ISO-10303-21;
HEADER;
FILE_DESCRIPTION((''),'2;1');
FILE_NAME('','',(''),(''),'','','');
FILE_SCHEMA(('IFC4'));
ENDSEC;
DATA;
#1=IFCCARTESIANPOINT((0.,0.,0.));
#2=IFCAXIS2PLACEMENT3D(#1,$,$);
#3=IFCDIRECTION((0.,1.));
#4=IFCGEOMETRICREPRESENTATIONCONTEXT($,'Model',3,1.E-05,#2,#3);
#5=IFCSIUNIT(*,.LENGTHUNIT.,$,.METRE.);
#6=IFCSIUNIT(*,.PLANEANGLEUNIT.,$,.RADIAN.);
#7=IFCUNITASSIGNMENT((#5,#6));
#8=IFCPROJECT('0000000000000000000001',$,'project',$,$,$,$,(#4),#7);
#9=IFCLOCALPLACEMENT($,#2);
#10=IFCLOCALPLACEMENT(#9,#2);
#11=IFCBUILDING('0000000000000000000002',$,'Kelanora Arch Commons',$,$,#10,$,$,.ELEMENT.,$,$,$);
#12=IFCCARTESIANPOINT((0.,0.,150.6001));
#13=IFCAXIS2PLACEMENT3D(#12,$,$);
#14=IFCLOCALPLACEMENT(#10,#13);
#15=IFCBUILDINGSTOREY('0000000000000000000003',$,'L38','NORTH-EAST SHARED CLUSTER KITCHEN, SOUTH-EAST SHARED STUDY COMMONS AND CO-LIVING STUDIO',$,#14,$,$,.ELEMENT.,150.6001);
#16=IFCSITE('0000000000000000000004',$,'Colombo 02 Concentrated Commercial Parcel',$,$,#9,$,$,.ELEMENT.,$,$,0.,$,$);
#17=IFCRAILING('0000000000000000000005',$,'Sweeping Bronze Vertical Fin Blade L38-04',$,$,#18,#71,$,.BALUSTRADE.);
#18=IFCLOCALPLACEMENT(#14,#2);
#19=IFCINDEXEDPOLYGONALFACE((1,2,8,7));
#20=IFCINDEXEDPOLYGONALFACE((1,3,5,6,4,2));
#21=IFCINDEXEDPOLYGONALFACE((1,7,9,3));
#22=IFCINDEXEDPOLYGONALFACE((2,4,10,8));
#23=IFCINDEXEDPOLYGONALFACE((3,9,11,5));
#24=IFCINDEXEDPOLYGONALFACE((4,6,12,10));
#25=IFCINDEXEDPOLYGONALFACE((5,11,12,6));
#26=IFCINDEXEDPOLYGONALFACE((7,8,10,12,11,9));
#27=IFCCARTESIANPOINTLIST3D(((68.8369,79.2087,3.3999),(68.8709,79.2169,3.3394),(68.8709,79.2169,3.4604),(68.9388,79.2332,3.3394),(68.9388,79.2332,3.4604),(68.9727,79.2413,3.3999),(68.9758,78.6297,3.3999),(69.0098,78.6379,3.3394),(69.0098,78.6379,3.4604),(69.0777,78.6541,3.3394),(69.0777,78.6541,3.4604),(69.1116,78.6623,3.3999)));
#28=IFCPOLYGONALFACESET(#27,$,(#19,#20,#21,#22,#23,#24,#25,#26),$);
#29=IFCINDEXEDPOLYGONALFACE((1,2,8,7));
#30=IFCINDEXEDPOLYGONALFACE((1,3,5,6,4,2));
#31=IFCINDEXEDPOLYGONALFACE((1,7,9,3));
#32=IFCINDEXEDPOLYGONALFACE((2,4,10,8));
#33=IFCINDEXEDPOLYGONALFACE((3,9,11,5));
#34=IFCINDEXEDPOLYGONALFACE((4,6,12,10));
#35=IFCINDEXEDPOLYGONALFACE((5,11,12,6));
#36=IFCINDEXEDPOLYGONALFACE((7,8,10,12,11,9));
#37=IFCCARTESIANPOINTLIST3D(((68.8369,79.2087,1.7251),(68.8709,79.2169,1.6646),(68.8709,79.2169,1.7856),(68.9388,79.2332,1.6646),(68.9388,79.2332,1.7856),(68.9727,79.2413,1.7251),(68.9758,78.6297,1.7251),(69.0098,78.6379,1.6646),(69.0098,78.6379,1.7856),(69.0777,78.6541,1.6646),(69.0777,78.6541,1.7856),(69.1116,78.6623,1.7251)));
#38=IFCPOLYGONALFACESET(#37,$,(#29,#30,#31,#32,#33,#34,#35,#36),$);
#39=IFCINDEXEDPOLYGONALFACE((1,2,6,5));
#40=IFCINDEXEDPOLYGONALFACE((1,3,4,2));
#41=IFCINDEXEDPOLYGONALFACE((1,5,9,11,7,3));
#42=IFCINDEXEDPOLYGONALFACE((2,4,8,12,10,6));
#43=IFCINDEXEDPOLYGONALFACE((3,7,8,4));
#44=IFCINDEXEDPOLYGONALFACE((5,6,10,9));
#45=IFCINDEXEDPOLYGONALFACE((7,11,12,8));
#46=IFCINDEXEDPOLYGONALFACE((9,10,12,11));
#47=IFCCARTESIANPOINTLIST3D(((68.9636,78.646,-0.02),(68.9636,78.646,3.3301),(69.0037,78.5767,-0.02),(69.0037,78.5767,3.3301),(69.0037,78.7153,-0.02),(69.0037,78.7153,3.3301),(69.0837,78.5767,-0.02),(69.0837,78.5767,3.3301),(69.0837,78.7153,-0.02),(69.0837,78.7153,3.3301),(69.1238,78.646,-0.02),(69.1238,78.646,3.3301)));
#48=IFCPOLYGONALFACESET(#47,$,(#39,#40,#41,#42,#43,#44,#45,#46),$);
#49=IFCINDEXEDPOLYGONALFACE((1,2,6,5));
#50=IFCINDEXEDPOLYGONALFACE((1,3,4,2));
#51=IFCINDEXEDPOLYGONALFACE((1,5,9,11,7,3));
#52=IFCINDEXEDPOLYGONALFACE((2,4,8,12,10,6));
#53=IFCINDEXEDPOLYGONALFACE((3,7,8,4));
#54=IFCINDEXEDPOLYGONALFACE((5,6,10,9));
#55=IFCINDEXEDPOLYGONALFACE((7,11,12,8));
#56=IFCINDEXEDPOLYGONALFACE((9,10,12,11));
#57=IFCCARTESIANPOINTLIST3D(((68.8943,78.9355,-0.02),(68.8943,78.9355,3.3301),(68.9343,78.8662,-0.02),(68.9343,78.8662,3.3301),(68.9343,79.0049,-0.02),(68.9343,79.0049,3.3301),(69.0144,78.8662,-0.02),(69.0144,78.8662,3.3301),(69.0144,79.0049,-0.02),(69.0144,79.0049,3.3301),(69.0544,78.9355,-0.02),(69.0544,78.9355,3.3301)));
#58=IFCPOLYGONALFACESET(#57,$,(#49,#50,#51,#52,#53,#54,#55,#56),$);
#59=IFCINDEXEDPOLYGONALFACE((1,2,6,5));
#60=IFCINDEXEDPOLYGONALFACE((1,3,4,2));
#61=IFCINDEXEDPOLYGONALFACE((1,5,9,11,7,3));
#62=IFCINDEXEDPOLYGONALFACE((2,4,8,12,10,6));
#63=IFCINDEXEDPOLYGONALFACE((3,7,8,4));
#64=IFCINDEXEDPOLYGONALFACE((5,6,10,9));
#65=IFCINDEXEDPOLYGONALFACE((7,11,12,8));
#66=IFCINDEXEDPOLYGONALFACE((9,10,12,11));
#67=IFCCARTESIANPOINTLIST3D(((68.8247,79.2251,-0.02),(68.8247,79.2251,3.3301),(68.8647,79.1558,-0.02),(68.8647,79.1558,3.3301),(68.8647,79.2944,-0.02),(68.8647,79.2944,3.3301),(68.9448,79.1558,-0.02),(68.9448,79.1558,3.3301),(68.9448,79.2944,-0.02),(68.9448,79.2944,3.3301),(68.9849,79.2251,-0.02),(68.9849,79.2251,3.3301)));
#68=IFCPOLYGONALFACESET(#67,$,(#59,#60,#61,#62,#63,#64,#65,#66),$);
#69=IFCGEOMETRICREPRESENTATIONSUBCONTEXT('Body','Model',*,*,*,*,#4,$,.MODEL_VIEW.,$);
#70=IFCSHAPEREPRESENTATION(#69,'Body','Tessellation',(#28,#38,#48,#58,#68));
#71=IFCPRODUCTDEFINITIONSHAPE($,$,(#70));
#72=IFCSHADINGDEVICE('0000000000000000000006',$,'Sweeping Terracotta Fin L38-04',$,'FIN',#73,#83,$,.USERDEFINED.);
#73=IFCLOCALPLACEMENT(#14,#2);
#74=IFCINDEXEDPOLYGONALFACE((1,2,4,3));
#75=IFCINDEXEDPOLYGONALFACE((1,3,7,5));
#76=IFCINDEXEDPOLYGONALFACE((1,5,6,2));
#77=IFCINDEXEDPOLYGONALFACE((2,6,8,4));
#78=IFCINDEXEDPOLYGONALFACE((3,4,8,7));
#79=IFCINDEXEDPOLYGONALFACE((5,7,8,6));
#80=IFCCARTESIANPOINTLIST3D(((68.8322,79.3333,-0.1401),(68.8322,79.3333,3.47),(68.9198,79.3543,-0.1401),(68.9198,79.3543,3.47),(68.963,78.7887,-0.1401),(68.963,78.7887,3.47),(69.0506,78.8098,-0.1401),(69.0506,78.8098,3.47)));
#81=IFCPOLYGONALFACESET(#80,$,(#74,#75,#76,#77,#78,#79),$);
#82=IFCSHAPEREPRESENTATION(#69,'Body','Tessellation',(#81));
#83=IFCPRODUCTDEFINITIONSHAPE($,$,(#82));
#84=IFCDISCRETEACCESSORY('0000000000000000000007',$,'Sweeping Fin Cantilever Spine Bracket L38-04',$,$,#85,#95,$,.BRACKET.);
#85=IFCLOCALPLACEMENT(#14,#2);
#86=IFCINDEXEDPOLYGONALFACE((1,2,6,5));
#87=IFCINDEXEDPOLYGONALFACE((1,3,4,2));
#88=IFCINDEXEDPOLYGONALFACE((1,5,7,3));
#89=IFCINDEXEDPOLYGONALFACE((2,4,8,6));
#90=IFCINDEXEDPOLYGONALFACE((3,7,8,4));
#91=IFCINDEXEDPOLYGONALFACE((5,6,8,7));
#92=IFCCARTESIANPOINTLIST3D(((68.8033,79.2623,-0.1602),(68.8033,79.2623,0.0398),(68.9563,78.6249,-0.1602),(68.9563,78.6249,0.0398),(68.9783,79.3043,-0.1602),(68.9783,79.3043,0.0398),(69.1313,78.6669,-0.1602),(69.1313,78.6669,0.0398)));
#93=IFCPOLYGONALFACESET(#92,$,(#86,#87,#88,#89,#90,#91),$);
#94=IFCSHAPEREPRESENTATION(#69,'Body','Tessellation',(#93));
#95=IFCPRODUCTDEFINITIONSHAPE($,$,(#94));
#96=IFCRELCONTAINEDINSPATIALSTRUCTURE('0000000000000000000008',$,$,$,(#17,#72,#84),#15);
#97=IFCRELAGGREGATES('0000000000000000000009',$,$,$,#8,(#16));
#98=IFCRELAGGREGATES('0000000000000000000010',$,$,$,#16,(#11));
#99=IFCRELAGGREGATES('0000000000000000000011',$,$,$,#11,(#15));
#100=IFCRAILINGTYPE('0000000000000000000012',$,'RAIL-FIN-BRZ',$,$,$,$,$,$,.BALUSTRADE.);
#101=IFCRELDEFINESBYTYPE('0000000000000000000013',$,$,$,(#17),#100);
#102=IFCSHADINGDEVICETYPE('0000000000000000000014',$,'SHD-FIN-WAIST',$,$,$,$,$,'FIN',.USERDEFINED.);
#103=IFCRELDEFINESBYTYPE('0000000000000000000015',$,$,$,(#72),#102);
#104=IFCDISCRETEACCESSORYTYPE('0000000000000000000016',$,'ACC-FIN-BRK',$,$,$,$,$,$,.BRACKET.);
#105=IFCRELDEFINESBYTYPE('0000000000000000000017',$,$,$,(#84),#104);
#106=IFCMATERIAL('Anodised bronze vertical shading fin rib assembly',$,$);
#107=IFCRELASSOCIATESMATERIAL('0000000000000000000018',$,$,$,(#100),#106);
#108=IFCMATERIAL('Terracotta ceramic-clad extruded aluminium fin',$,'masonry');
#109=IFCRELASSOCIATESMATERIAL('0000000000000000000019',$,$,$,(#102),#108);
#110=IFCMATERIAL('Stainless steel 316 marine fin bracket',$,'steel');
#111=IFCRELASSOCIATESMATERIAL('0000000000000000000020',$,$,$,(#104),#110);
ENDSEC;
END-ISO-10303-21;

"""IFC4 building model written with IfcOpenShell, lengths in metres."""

from ifc_helpers import new_model, si_unit, direction, frame, origin, origin_2d, place, context, subcontext, project, spatial, polyline, rectangle, outline, extrude, source, transform, mapped, material, type_object, element, save


model = new_model("IFC4")

# Units and contexts
model_context = context("Model", 3, precision=1e-05, world=origin(), true_north=direction((0.0, 1.0)))
body_context = subcontext(model_context, "Body", "Model", "MODEL_VIEW")
ifc_project = project(units=[si_unit("LENGTHUNIT", "METRE"), si_unit("PLANEANGLEUNIT", "RADIAN")], contexts=[model_context])

# Site, building, storey
site_placement = place(None, origin())
site = spatial("IfcSite", under=ifc_project, at=site_placement, Name="Colombo 02 Concentrated Commercial Parcel", CompositionType="ELEMENT", RefElevation=0.0)
building_placement = place(site_placement, origin())
building = spatial("IfcBuilding", under=site, at=building_placement, Name="Kelanora Arch Commons", CompositionType="ELEMENT")
storey_placement = place(building_placement, frame((0.0, 0.0, 150.6001)))
storey = spatial("IfcBuildingStorey", under=building, at=storey_placement, Name="L38", Description="NORTH-EAST SHARED CLUSTER KITCHEN, SOUTH-EAST SHARED STUDY COMMONS AND CO-LIVING STUDIO", CompositionType="ELEMENT", Elevation=150.6001)

# Railing
ifc_material_1 = material(Name="Anodised bronze vertical shading fin rib assembly")
railing_type = type_object("IfcRailingType", Name="RAIL-FIN-BRZ", PredefinedType="BALUSTRADE", material=ifc_material_1)
railing_placement = place(storey_placement, frame((69.0437, 78.646, -0.02)))
element("IfcRailing", 1, at=railing_placement, inside=storey, type_object=railing_type, Name="Sweeping Bronze Vertical Fin Blade L38-04", PredefinedType="BALUSTRADE", context=body_context, shape_type="SweptSolid", body=[
    extrude(outline(polyline([(0.0698, 0.0), (0.0349, 0.0605), (-0.0349, 0.0605), (-0.0698, 0.0), (-0.0349, -0.0605), (0.0349, -0.0605), (0.0698, 0.0)])), frame((0.0, 0.0, 3.4199), z_axis=(-0.233264, 0.972413, 0.0), x_axis=(-0.972413, -0.233264, 0.0)), (0.0, 0.0, 1.0), 0.5955),
    extrude(outline(polyline([(0.0698, 0.0), (0.0349, 0.0605), (-0.0349, 0.0605), (-0.0698, 0.0), (-0.0349, -0.0605), (0.0349, -0.0605), (0.0698, 0.0)])), frame((0.0, 0.0, 1.7451), z_axis=(-0.233264, 0.972413, 0.0), x_axis=(-0.972413, -0.233264, 0.0)), (0.0, 0.0, 1.0), 0.5955),
    extrude(outline(polyline([(0.0801, 0.0), (0.04, 0.0693), (-0.04, 0.0693), (-0.0801, 0.0), (-0.04, -0.0693), (0.04, -0.0693), (0.0801, 0.0)])), origin(), (0.0, 0.0, 1.0), 3.3501),
    extrude(outline(polyline([(0.0801, 0.0), (0.04, 0.0693), (-0.04, 0.0693), (-0.0801, 0.0), (-0.04, -0.0693), (0.04, -0.0693), (0.0801, 0.0)])), frame((-0.0693, 0.2896, 0.0)), (0.0, 0.0, 1.0), 3.3501),
    extrude(outline(polyline([(0.0801, 0.0), (0.04, 0.0693), (-0.04, 0.0693), (-0.0801, 0.0), (-0.04, -0.0693), (0.04, -0.0693), (0.0801, 0.0)])), frame((-0.1389, 0.5791, 0.0)), (0.0, 0.0, 1.0), 3.3501),
])

# Shading device
ifc_material_2 = material(Name="Terracotta ceramic-clad extruded aluminium fin", Category="masonry")
shading_device_type = type_object("IfcShadingDeviceType", Name="SHD-FIN-WAIST", ElementType="FIN", PredefinedType="USERDEFINED", material=ifc_material_2)
shared_shape_1 = source(origin(), body_context, "Body", "SweptSolid", [
    extrude(rectangle(XDim=0.5601, YDim=0.0901, at=origin_2d()), origin(), (0.0, 0.0, 1.0), 3.6101),
])
shading_device_placement = place(storey_placement, frame((68.9414, 79.0715, -0.1401), z_axis=(0.0, 0.0, 1.0), x_axis=(-0.233445, 0.97237, 0.0)))
element("IfcShadingDevice", 2, at=shading_device_placement, inside=storey, type_object=shading_device_type, Name="Sweeping Terracotta Fin L38-04", ObjectType="FIN", PredefinedType="USERDEFINED", context=body_context, shape_type="MappedRepresentation", body=[
    mapped(shared_shape_1, transform((0.0, 0.0, 0.0), scale=1.0)),
])

# Discrete accessory
ifc_material_3 = material(Name="Stainless steel 316 marine fin bracket", Category="steel")
discrete_accessory_type = type_object("IfcDiscreteAccessoryType", Name="ACC-FIN-BRK", PredefinedType="BRACKET", material=ifc_material_3)
shared_shape_2 = source(origin(), body_context, "Body", "SweptSolid", [
    extrude(rectangle(XDim=0.6555, YDim=0.1799, at=origin_2d()), origin(), (0.0, 0.0, 1.0), 0.2),
])
discrete_accessory_placement = place(storey_placement, frame((68.9673, 78.9646, -0.1602), z_axis=(0.0, 0.0, 1.0), x_axis=(-0.233445, 0.97237, 0.0)))
element("IfcDiscreteAccessory", 3, at=discrete_accessory_placement, inside=storey, type_object=discrete_accessory_type, Name="Sweeping Fin Cantilever Spine Bracket L38-04", PredefinedType="BRACKET", context=body_context, shape_type="MappedRepresentation", body=[
    mapped(shared_shape_2, transform((0.0, 0.0, 0.0), scale=1.0)),
])

save(model, "model.ifc")
